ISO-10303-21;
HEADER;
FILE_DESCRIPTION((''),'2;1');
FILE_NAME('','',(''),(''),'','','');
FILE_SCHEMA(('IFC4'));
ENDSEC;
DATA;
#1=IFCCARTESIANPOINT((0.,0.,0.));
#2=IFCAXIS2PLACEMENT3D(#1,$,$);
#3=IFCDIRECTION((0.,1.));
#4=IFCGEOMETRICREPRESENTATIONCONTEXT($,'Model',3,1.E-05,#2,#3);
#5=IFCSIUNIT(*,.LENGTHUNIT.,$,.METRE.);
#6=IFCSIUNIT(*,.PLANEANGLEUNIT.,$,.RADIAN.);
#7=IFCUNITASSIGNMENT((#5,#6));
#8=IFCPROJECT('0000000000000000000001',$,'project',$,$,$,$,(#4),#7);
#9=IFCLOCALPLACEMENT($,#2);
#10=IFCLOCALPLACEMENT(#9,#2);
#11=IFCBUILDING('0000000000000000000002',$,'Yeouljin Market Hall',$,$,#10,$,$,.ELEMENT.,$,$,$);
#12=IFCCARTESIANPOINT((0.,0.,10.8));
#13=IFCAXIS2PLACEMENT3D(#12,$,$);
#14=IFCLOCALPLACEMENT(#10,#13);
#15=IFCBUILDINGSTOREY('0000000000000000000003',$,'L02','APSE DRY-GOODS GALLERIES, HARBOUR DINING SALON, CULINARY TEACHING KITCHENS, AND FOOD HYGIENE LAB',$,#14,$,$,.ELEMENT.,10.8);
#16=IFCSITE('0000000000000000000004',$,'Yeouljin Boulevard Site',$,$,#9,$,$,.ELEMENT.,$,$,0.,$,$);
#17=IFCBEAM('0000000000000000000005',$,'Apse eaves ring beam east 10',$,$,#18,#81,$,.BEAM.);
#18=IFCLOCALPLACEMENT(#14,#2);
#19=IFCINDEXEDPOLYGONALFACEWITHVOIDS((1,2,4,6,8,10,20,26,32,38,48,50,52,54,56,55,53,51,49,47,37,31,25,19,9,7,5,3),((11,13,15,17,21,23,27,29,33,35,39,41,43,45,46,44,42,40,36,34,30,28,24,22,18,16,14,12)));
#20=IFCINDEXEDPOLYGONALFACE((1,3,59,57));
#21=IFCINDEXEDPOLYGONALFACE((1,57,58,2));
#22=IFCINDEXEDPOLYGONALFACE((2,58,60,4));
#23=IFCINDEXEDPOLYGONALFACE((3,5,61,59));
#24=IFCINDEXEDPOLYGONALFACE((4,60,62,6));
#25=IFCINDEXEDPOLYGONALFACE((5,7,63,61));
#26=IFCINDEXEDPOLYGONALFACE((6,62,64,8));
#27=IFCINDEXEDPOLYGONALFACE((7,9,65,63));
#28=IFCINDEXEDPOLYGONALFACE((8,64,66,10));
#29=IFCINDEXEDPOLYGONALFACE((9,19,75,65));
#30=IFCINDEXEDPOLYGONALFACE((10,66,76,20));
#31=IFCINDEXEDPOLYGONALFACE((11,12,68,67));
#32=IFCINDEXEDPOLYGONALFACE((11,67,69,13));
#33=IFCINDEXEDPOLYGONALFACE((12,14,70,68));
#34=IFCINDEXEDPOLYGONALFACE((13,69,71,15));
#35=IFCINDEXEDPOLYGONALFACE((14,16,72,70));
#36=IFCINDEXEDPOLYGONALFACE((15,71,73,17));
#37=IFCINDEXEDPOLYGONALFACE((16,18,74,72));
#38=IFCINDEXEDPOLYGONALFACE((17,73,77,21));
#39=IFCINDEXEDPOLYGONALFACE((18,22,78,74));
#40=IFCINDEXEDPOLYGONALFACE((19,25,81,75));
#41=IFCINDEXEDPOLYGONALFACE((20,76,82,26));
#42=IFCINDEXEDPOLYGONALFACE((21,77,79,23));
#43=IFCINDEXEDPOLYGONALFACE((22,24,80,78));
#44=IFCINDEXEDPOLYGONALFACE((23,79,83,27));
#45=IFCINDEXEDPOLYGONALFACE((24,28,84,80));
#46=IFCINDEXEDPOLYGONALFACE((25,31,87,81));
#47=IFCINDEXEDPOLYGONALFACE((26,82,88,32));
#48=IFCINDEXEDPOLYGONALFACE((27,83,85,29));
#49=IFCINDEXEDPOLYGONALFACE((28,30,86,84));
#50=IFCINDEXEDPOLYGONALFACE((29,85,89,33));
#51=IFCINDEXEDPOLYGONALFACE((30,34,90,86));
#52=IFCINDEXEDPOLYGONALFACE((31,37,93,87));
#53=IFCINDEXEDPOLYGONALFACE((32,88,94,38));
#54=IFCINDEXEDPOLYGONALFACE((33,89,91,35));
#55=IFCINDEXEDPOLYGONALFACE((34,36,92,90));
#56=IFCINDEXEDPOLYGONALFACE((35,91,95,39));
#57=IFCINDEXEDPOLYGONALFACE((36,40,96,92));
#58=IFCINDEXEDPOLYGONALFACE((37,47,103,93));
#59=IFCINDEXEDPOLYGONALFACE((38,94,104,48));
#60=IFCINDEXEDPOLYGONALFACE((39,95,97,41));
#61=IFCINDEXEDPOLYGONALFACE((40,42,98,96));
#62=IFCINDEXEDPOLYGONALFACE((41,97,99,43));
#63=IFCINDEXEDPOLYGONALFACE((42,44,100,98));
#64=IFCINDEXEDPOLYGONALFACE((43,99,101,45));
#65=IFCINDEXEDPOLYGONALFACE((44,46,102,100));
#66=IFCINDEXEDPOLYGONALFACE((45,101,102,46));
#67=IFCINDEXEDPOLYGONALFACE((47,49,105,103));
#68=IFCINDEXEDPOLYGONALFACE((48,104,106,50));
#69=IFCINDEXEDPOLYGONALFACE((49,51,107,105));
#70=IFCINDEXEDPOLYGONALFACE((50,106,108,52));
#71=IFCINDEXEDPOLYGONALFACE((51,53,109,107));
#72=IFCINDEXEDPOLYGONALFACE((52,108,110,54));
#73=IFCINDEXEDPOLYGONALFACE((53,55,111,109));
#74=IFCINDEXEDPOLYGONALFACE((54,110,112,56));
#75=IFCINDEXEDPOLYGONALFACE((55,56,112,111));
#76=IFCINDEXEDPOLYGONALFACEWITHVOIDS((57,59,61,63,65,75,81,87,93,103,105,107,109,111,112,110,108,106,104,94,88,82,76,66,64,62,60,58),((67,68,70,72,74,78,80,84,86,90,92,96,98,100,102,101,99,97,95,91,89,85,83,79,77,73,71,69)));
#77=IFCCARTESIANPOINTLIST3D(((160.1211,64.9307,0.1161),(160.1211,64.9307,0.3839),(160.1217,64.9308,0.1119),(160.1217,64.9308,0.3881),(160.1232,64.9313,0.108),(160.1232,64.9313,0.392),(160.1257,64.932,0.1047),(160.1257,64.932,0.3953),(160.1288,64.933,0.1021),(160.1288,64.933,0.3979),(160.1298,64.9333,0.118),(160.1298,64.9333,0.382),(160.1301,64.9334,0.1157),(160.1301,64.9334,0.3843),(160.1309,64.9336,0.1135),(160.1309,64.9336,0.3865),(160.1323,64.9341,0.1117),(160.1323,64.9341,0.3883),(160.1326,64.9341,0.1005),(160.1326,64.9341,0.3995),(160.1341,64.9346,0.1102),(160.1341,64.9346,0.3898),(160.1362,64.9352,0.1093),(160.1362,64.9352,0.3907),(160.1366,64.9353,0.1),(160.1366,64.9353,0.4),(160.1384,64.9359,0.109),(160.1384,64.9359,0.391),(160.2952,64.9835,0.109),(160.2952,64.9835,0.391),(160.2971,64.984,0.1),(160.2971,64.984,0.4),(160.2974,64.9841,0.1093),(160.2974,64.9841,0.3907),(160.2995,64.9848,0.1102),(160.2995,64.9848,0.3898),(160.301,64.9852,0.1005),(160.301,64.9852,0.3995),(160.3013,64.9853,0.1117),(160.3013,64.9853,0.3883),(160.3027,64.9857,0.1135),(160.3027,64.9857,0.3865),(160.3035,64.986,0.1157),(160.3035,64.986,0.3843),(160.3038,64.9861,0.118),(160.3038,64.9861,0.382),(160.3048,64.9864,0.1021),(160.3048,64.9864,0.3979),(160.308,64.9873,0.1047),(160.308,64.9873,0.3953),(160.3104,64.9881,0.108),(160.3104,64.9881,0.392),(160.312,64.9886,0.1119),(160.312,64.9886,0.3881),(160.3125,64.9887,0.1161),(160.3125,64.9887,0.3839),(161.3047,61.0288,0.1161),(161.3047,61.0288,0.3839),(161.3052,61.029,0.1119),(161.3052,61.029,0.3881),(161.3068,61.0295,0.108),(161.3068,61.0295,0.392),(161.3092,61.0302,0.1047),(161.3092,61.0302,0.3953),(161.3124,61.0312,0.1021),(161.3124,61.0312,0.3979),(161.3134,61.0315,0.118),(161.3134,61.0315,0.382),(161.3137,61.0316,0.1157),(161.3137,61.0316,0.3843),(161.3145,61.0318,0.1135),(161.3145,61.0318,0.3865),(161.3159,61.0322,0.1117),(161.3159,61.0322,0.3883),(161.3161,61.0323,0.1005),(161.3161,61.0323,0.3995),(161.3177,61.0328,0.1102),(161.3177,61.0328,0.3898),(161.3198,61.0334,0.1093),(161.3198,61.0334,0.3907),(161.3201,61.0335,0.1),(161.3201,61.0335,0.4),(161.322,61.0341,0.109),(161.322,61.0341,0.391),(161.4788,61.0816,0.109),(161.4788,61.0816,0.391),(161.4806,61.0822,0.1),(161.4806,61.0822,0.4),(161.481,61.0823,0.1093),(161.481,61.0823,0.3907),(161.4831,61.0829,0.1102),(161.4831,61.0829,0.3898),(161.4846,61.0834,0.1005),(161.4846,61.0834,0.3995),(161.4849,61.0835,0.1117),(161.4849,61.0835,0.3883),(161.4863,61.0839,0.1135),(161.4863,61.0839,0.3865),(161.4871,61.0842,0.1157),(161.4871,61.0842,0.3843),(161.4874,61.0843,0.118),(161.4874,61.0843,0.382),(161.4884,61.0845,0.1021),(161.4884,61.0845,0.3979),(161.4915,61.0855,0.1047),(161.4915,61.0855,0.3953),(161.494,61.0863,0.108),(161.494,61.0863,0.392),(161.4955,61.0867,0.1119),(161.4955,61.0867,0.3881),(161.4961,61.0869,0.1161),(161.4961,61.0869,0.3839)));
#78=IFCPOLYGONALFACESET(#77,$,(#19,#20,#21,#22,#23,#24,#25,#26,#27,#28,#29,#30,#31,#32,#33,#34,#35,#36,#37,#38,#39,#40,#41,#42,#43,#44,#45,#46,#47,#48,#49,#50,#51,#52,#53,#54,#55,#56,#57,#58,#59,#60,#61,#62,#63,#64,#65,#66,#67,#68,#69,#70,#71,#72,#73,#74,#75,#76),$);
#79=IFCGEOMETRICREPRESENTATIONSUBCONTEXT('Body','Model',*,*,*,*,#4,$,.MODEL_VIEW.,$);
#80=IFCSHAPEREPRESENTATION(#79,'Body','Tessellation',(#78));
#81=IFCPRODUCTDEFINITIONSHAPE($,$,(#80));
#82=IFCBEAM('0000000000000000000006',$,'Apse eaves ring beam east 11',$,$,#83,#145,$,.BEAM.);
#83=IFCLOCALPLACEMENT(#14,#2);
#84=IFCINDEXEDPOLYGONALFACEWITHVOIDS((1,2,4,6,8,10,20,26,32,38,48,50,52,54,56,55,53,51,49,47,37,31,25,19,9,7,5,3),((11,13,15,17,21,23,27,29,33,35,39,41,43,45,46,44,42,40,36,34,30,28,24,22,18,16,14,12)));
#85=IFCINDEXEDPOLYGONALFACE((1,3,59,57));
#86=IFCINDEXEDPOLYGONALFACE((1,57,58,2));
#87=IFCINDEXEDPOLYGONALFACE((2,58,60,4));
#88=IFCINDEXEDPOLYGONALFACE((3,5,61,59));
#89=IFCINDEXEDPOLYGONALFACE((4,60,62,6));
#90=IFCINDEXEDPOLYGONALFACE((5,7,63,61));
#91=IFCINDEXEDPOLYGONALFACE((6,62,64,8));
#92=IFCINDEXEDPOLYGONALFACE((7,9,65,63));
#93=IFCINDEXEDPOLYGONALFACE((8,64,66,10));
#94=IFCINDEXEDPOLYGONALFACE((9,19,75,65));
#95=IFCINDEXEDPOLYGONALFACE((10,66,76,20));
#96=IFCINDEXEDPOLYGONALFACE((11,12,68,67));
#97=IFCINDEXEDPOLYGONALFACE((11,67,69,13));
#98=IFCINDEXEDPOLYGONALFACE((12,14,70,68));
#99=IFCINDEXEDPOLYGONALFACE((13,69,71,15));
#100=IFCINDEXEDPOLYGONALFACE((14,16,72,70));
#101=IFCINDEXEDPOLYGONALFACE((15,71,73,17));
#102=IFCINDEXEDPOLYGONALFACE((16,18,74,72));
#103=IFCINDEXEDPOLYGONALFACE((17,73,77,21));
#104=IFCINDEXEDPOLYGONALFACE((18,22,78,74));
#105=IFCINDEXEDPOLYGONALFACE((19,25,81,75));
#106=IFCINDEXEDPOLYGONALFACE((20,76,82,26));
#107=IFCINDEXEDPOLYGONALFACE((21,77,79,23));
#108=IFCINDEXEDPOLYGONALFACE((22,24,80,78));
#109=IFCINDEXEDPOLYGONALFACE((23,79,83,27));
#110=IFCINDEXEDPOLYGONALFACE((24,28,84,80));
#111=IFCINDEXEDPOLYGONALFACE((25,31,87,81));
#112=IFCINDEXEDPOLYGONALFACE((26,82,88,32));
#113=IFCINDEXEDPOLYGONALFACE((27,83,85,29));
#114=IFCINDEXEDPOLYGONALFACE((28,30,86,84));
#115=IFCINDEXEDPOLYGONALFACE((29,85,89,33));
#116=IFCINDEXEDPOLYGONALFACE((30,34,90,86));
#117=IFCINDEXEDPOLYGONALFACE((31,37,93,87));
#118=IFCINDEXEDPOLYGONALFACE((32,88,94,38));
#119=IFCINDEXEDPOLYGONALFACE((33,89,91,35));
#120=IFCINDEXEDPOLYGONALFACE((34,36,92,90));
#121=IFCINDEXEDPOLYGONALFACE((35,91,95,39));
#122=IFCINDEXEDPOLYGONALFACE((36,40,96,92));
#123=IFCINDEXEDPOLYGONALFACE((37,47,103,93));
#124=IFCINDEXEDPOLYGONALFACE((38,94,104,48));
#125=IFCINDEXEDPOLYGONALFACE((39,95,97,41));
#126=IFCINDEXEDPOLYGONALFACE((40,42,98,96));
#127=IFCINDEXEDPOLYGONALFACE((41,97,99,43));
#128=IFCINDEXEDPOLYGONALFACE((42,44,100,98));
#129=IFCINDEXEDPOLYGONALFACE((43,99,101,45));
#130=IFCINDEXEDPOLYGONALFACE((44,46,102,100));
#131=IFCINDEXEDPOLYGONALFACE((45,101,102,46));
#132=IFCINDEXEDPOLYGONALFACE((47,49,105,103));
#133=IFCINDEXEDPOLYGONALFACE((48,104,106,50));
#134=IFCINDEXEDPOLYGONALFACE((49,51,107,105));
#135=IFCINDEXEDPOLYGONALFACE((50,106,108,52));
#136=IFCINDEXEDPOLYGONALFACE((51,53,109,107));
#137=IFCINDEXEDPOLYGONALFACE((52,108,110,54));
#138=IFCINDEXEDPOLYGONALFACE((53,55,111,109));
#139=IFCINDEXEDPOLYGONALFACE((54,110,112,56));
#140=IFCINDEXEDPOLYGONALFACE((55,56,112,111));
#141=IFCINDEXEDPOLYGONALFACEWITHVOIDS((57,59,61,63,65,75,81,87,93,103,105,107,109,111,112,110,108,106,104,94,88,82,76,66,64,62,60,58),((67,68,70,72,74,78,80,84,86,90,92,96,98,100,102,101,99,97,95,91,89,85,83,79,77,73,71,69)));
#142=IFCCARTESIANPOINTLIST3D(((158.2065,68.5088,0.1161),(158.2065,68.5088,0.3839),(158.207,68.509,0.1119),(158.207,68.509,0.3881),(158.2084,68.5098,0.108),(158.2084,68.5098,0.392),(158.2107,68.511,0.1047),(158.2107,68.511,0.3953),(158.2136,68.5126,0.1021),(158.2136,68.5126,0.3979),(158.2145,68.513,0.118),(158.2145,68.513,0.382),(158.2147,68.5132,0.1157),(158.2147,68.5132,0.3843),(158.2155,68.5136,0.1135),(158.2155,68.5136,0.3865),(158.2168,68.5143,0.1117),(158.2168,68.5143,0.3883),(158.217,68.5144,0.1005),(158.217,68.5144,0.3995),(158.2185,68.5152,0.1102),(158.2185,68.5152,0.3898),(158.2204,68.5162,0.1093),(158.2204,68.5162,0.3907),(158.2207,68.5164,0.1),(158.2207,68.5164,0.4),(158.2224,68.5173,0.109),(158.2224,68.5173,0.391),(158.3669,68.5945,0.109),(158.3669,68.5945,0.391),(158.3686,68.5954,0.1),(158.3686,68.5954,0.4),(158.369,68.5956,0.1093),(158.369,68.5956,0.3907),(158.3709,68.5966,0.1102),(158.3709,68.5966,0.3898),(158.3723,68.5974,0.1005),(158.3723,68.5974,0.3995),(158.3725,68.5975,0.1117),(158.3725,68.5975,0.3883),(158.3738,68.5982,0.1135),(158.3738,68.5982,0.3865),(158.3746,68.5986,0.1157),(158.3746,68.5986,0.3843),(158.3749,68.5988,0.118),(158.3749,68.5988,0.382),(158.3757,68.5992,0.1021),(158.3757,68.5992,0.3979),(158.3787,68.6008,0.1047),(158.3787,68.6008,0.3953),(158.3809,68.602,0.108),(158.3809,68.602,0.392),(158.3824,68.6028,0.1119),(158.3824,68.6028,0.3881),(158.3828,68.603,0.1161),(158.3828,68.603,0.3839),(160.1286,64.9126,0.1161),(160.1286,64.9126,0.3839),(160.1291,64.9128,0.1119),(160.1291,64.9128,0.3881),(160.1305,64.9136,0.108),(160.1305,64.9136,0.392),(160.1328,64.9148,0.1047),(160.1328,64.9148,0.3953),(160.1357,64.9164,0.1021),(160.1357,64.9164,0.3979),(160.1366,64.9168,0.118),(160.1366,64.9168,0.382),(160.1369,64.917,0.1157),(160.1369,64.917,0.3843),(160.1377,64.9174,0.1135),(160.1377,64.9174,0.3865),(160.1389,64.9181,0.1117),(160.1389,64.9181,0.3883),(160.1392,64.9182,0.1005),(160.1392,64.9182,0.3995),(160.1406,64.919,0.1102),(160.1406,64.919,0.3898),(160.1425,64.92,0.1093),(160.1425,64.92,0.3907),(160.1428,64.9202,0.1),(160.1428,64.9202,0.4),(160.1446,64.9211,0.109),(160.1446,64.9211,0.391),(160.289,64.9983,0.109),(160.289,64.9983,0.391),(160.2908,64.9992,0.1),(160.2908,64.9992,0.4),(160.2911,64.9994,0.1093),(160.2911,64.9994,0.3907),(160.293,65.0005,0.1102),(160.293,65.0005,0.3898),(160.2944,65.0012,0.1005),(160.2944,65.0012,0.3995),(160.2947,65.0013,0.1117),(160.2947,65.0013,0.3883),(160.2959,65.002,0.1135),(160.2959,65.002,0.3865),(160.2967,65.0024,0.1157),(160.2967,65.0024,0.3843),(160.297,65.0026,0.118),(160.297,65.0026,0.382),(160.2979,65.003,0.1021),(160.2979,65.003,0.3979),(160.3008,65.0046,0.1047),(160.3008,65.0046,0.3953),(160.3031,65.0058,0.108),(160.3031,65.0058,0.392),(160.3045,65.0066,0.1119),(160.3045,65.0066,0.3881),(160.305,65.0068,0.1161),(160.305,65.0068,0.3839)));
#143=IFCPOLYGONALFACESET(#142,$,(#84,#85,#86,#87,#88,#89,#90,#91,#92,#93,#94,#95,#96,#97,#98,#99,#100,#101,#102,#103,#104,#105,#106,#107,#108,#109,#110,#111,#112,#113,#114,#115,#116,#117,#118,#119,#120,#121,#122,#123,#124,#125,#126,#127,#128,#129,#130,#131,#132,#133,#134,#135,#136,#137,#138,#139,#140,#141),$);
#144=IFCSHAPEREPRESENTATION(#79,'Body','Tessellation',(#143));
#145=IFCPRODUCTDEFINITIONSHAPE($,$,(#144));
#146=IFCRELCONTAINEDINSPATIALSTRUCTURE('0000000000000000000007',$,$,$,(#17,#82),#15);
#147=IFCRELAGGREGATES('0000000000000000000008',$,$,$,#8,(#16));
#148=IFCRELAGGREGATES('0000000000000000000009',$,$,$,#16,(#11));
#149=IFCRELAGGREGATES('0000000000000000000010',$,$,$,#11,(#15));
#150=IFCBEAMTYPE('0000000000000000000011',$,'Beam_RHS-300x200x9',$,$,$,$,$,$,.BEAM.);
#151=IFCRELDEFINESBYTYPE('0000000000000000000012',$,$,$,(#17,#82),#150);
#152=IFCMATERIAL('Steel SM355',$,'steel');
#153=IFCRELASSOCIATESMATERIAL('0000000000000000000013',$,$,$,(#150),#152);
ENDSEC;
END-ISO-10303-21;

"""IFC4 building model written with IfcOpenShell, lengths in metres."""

from ifc_helpers import new_model, si_unit, direction, frame, origin, origin_2d, place, context, subcontext, project, spatial, hollow_rectangle, extrude, material, material_profile, profile_set, type_object, element, save


model = new_model("IFC4")

# Units and contexts
model_context = context("Model", 3, precision=1e-05, world=origin(), true_north=direction((0.0, 1.0)))
body_context = subcontext(model_context, "Body", "Model", "MODEL_VIEW")
ifc_project = project(units=[si_unit("LENGTHUNIT", "METRE"), si_unit("PLANEANGLEUNIT", "RADIAN")], contexts=[model_context])

# Site, building, storey
site_placement = place(None, origin())
site = spatial("IfcSite", under=ifc_project, at=site_placement, Name="Yeouljin Boulevard Site", CompositionType="ELEMENT", RefElevation=0.0)
building_placement = place(site_placement, origin())
building = spatial("IfcBuilding", under=site, at=building_placement, Name="Yeouljin Market Hall", CompositionType="ELEMENT")
storey_placement = place(building_placement, frame((0.0, 0.0, 10.8)))
storey = spatial("IfcBuildingStorey", under=building, at=storey_placement, Name="L02", Description="APSE DRY-GOODS GALLERIES, HARBOUR DINING SALON, CULINARY TEACHING KITCHENS, AND FOOD HYGIENE LAB", CompositionType="ELEMENT", Elevation=10.8)

# Beams
ifc_material_1 = material(Name="Steel SM355", Category="steel")
ifc_material_profile_1 = material_profile(ifc_material_1, hollow_rectangle(XDim=0.2, YDim=0.3, WallThickness=0.009, InnerFilletRadius=0.009, OuterFilletRadius=0.0161, at=origin_2d()), Name="RHS-300x200x9")
ifc_profile_set_1 = profile_set([ifc_material_profile_1], Name="Steel SM355")
beam_type_1 = type_object("IfcBeamType", Name="Beam_RHS-300x200x9", PredefinedType="BEAM", material=ifc_profile_set_1)
for number, where, z_axis, x_axis, name in (
    (1, (161.4004, 61.0579, 0.25), (-0.29028, 0.956942, 0.0), (-0.956942, -0.29028, 0.0), "Apse eaves ring beam east 10"),
):
    element("IfcBeam", number, at=place(storey_placement, frame(where, z_axis=z_axis, x_axis=x_axis)), inside=storey, type_object=beam_type_1, Name=name, PredefinedType="BEAM", context=body_context, shape_type="SweptSolid", body=[
        extrude(hollow_rectangle(XDim=0.2, YDim=0.3, WallThickness=0.009, InnerFilletRadius=0.009, OuterFilletRadius=0.0161, at=origin_2d()), origin(), (0.0, 0.0, 1.0), 4.0774),
    ])
for number, where, z_axis, x_axis, name in (
    (2, (160.2168, 64.9597, 0.25), (-0.47138, 0.88193, 0.0), (-0.88193, -0.47138, 0.0), "Apse eaves ring beam east 11"),
):
    element("IfcBeam", number, at=place(storey_placement, frame(where, z_axis=z_axis, x_axis=x_axis)), inside=storey, type_object=beam_type_1, Name=name, PredefinedType="BEAM", context=body_context, shape_type="SweptSolid", body=[
        extrude(hollow_rectangle(XDim=0.2, YDim=0.3, WallThickness=0.009, InnerFilletRadius=0.009, OuterFilletRadius=0.0161, at=origin_2d()), origin(), (0.0, 0.0, 1.0), 4.0776),
    ])

save(model, "model.ifc")
